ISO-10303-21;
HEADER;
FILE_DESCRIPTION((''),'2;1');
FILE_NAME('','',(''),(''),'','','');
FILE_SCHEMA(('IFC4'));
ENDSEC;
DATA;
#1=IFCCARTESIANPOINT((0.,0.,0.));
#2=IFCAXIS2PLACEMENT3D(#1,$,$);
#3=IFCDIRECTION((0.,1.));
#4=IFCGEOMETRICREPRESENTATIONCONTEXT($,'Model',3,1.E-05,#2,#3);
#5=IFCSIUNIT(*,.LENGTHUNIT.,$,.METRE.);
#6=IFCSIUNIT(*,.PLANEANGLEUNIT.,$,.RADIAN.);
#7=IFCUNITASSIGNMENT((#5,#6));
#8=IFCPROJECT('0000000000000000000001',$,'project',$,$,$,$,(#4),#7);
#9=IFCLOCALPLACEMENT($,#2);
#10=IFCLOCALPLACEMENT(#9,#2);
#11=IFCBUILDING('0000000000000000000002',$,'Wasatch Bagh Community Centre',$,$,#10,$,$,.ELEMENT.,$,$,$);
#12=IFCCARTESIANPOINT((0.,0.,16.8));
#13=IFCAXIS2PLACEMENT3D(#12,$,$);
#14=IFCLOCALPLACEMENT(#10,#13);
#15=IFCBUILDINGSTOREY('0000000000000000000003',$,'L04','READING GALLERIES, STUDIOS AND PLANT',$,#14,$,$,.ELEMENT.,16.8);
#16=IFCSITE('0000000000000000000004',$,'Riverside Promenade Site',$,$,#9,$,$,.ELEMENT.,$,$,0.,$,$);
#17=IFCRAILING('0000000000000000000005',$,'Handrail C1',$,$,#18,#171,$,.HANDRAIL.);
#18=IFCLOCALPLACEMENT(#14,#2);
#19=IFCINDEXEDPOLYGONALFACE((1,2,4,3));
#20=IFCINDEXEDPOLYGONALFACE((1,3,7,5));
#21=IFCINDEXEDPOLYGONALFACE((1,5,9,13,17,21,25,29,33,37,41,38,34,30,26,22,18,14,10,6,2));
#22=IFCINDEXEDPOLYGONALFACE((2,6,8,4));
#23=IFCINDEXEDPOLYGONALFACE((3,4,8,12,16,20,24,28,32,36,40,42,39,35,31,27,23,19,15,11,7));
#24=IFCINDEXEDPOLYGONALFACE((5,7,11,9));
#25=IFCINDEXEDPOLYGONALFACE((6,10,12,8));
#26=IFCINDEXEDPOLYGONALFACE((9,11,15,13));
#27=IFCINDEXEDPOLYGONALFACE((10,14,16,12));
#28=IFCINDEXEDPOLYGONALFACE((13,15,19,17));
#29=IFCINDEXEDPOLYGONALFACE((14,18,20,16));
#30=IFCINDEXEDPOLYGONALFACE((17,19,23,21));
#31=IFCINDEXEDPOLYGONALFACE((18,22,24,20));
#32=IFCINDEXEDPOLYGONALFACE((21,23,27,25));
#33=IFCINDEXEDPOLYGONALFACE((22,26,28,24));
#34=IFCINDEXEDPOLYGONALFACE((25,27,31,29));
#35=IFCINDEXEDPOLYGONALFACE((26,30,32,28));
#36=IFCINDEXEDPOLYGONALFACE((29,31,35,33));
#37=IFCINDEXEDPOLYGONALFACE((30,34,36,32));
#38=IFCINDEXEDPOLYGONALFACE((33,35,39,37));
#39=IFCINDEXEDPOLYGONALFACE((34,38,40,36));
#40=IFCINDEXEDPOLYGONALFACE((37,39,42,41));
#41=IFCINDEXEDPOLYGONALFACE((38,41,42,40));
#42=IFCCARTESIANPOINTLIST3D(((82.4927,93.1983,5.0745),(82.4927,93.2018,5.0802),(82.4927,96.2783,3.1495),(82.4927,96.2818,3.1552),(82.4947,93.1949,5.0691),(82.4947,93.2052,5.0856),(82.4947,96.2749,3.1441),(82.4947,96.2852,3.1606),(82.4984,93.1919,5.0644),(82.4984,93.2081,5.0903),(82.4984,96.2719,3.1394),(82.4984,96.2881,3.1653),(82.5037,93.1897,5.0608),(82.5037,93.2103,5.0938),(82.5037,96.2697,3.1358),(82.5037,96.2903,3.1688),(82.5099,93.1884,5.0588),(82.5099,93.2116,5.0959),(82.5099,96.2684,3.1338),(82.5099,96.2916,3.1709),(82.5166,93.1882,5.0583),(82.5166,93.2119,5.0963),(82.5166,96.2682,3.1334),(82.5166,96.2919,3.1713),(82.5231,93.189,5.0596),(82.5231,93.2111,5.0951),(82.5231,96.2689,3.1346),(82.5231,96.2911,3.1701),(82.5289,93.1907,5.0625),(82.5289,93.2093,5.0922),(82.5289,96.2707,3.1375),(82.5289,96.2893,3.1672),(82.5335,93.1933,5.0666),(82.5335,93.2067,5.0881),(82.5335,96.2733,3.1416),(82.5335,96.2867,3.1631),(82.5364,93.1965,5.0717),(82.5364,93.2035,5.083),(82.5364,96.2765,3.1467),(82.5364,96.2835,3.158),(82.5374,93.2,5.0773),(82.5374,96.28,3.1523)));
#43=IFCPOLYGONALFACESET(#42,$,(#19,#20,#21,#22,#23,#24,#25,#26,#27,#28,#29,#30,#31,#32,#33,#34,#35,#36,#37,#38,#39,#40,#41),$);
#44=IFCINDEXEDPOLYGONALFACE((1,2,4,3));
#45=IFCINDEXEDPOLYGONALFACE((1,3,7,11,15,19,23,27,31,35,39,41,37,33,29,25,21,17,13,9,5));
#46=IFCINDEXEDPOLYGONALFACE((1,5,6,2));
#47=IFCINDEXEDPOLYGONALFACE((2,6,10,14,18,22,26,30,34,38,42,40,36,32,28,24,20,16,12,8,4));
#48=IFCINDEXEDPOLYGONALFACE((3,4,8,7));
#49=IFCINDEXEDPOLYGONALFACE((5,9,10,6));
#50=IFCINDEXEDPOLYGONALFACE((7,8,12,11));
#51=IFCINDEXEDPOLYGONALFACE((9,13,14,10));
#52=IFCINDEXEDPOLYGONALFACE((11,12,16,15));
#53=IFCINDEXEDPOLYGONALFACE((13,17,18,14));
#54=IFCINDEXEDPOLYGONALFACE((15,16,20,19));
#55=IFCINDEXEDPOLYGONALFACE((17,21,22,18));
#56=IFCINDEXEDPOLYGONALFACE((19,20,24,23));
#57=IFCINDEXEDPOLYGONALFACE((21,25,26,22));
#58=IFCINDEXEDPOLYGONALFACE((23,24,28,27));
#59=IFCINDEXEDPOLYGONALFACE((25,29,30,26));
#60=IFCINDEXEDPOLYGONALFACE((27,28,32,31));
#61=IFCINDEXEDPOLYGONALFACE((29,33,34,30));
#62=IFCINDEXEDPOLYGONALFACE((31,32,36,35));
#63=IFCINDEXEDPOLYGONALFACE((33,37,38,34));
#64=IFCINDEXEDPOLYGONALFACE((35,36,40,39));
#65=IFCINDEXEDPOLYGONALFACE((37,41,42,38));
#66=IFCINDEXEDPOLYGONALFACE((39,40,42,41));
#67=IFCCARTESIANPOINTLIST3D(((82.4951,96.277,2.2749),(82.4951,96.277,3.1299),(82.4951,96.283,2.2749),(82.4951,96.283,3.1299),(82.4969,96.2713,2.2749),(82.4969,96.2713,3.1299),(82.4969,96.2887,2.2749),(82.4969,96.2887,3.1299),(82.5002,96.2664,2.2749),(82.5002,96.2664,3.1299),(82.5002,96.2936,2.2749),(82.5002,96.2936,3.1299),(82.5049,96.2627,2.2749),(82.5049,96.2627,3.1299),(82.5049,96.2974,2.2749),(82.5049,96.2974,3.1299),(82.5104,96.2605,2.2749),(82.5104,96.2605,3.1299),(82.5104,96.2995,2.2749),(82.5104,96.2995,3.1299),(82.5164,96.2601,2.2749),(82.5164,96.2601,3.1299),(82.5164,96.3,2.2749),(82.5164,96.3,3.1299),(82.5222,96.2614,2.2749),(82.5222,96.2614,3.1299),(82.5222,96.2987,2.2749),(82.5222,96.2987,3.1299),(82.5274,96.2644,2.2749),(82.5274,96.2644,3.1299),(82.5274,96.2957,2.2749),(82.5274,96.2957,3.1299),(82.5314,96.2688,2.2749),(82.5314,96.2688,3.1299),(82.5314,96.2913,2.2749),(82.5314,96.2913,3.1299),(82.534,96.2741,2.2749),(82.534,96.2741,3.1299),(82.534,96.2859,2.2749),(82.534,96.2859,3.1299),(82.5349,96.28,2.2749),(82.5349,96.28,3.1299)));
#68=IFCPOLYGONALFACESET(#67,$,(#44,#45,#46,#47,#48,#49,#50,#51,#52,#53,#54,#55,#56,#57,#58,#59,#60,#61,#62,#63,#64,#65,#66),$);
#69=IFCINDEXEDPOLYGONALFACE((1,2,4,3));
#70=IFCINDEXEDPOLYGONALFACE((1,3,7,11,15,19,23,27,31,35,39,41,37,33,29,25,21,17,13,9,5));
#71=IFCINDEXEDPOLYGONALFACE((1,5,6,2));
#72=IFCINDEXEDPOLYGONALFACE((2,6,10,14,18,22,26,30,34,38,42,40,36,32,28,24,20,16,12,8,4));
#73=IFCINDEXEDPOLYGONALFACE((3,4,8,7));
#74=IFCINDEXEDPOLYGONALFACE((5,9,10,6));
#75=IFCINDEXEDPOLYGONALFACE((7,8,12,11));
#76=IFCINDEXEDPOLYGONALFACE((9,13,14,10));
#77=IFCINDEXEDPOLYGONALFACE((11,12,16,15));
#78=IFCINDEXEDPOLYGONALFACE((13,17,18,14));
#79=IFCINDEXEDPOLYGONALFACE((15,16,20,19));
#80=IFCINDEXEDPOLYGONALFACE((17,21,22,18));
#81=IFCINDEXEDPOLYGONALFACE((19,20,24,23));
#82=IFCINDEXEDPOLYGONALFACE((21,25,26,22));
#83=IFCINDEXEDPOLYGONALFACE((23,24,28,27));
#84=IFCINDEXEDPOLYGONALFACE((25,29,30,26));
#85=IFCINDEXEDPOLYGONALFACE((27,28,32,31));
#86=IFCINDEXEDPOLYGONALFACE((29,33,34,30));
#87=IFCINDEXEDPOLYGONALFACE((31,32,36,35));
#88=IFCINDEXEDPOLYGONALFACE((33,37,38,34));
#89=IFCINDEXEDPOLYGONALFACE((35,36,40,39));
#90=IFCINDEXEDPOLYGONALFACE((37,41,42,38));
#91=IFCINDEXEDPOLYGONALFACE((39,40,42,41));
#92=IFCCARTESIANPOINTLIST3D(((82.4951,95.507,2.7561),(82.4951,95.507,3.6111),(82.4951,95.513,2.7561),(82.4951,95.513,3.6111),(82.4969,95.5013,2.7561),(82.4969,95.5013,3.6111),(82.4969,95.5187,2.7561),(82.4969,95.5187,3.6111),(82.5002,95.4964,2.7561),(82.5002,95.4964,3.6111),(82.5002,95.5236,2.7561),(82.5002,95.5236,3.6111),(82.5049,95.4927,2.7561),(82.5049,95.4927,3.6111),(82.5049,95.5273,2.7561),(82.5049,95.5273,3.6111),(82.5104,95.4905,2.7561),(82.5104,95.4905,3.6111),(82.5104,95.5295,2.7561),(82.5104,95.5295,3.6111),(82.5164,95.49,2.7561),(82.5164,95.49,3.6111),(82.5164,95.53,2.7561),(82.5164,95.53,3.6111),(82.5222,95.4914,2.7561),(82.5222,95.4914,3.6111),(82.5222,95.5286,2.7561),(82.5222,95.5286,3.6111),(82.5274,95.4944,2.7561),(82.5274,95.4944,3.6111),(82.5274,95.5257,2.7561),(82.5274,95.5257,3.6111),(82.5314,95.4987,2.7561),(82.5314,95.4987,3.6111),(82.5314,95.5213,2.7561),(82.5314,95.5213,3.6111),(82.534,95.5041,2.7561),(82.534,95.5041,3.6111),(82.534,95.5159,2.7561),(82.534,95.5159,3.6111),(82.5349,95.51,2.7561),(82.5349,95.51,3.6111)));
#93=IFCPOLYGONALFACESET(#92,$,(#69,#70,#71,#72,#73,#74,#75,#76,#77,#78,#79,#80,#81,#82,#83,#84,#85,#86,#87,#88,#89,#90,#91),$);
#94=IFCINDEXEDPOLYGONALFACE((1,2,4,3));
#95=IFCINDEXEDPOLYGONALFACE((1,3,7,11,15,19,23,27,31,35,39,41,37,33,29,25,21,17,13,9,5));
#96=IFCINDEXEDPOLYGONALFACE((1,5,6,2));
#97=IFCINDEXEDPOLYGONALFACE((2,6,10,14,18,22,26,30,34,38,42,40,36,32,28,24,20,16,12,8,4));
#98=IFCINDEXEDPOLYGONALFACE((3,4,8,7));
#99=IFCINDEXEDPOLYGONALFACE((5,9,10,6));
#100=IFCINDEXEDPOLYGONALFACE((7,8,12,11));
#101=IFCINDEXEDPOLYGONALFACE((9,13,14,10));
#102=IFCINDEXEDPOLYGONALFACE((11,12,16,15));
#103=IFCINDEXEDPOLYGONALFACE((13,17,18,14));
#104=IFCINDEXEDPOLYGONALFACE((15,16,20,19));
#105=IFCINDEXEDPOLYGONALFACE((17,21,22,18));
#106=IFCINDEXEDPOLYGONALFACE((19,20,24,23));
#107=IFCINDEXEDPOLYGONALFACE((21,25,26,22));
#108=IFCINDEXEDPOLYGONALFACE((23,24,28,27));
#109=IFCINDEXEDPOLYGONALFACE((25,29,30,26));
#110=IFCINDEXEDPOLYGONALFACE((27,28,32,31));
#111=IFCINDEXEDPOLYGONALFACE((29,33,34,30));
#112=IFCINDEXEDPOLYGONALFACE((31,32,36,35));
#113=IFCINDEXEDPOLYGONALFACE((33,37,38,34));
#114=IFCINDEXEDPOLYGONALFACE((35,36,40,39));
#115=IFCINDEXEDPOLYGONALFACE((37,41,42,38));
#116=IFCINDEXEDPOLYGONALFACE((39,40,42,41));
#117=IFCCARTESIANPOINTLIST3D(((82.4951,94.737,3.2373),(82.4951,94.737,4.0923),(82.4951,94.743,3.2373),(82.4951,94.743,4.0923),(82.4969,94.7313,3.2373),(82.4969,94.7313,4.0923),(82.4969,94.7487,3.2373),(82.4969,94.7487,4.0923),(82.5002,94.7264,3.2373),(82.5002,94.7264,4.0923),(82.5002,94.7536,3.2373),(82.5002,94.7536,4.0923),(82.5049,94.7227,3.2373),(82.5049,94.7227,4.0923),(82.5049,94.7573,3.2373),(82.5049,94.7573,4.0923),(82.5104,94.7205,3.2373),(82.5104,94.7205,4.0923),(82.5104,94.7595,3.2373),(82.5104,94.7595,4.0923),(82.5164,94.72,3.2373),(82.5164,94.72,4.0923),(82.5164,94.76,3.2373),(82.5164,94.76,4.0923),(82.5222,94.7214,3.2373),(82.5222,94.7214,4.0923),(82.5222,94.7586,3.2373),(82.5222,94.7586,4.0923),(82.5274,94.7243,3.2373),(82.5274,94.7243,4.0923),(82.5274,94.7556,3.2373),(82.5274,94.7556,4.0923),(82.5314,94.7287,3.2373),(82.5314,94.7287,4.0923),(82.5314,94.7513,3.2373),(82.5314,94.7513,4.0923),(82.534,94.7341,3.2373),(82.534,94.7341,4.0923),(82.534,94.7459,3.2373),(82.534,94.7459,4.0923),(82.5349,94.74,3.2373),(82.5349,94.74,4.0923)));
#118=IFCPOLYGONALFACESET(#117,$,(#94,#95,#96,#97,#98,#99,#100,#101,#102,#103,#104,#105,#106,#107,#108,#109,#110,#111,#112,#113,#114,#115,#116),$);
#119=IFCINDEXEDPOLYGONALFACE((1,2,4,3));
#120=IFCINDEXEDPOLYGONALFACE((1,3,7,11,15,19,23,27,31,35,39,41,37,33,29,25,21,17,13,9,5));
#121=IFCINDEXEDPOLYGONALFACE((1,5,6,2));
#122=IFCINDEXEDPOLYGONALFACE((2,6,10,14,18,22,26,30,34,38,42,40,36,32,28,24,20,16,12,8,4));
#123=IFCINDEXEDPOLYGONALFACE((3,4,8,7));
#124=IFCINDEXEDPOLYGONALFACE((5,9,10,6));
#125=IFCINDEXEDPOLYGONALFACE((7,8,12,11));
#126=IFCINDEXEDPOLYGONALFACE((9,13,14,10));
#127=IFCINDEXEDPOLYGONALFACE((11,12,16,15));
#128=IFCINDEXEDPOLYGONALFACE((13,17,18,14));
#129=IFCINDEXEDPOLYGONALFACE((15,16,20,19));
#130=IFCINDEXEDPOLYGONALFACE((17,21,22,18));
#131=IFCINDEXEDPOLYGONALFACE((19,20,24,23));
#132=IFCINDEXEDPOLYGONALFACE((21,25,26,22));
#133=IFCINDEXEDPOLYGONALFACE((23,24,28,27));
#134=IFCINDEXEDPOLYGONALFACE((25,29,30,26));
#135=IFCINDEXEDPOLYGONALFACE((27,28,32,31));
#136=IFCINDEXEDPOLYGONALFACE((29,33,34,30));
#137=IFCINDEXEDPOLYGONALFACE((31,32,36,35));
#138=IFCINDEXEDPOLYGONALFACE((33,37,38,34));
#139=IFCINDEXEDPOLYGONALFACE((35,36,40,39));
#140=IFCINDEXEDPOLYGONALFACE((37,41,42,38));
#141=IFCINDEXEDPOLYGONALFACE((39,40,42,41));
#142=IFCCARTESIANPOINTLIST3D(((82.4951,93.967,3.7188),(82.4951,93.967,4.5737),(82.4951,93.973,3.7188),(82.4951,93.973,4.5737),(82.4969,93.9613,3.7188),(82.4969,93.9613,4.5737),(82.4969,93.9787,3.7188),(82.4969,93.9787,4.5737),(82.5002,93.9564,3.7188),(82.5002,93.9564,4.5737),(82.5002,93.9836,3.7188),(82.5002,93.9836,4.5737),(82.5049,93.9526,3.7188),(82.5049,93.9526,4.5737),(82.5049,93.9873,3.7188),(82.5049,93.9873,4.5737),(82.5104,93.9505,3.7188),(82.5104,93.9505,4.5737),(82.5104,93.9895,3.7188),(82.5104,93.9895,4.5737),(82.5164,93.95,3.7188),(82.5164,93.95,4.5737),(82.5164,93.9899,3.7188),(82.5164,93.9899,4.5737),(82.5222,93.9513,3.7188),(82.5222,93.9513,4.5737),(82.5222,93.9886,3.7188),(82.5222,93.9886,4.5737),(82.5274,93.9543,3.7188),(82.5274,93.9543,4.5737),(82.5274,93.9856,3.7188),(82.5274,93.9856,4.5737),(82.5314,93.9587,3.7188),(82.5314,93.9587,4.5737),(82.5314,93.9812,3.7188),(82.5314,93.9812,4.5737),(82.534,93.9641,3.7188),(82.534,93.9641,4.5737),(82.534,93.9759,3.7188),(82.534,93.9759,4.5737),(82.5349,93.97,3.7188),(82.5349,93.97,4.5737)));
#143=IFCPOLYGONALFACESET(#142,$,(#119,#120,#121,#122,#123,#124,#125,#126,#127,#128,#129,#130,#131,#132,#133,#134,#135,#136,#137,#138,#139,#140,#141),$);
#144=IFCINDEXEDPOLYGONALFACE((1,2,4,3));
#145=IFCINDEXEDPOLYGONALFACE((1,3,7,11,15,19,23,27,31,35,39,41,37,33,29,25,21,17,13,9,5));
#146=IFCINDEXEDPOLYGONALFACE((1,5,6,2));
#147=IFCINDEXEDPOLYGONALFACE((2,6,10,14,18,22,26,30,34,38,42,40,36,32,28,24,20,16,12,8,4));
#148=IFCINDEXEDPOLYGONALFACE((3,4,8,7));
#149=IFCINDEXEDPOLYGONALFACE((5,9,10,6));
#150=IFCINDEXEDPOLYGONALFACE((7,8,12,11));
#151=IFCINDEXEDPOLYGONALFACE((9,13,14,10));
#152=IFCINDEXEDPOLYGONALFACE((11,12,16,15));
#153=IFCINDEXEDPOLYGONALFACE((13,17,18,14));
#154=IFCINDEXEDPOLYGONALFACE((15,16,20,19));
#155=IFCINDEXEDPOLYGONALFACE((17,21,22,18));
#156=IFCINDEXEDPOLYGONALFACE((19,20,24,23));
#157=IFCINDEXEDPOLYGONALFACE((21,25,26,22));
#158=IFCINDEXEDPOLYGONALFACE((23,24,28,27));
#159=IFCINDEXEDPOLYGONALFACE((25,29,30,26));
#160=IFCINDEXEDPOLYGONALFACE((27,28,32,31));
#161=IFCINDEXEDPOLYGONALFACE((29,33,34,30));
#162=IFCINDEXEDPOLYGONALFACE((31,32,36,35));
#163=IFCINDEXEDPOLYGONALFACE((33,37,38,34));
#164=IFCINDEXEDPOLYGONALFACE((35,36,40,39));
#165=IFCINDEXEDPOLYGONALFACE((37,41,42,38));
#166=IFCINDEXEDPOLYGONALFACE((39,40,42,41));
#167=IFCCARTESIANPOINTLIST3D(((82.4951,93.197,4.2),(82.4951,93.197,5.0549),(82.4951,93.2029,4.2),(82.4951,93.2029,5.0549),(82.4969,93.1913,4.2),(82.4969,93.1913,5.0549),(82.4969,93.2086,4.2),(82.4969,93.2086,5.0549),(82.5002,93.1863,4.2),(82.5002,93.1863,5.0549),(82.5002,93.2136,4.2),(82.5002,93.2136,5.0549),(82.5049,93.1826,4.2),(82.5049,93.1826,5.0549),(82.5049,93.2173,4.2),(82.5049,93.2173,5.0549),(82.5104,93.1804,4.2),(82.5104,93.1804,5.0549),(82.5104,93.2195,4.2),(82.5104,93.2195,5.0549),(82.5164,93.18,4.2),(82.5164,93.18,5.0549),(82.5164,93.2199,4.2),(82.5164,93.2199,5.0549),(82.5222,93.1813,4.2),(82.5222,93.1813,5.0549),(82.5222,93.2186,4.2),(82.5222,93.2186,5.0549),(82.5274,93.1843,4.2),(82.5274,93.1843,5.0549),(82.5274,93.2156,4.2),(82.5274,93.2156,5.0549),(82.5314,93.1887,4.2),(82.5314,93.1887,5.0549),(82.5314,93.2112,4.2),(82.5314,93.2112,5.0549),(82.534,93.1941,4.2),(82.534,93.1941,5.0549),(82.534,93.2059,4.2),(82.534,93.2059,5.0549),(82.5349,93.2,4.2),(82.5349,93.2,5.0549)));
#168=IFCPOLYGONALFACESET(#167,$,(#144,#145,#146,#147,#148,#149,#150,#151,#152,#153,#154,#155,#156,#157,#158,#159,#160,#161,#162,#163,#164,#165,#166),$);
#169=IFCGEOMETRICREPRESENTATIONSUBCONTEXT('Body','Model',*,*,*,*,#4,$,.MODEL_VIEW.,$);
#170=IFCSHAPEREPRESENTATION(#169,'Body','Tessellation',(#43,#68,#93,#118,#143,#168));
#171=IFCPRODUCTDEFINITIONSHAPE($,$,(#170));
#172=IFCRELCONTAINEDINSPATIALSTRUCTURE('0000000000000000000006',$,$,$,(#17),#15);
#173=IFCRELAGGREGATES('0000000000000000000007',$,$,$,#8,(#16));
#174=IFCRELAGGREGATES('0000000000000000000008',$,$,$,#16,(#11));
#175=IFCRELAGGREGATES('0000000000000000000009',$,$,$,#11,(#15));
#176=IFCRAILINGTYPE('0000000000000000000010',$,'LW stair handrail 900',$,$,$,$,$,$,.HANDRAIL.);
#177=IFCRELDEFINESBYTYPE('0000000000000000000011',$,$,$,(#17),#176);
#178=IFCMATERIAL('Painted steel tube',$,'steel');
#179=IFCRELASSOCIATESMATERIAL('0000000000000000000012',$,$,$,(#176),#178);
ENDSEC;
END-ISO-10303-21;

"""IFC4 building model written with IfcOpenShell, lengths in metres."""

from ifc_helpers import new_model, si_unit, direction, frame, origin, origin_2d, place, context, subcontext, project, spatial, circle, extrude, material, type_object, element, save


model = new_model("IFC4")

# Units and contexts
model_context = context("Model", 3, precision=1e-05, world=origin(), true_north=direction((0.0, 1.0)))
body_context = subcontext(model_context, "Body", "Model", "MODEL_VIEW")
ifc_project = project(units=[si_unit("LENGTHUNIT", "METRE"), si_unit("PLANEANGLEUNIT", "RADIAN")], contexts=[model_context])

# Site, building, storey
site_placement = place(None, origin())
site = spatial("IfcSite", under=ifc_project, at=site_placement, Name="Riverside Promenade Site", CompositionType="ELEMENT", RefElevation=0.0)
building_placement = place(site_placement, origin())
building = spatial("IfcBuilding", under=site, at=building_placement, Name="Wasatch Bagh Community Centre", CompositionType="ELEMENT")
storey_placement = place(building_placement, frame((0.0, 0.0, 16.8)))
storey = spatial("IfcBuildingStorey", under=building, at=storey_placement, Name="L04", Description="READING GALLERIES, STUDIOS AND PLANT", CompositionType="ELEMENT", Elevation=16.8)

# Railing
ifc_material_1 = material(Name="Painted steel tube", Category="steel")
railing_type_1 = type_object("IfcRailingType", Name="LW stair handrail 900", PredefinedType="HANDRAIL", material=ifc_material_1)
for number, where, name in (
    (1, (82.5149, 96.28, 2.2749), "Handrail C1"),
):
    element("IfcRailing", number, at=place(storey_placement, frame(where)), inside=storey, type_object=railing_type_1, Name=name, PredefinedType="HANDRAIL", context=body_context, shape_type="SweptSolid", body=[
        extrude(circle(Radius=0.0225, at=origin_2d()), frame((0.0, 0.0, 0.8774), z_axis=(0.0, -0.847998, 0.529999), x_axis=(1.0, 0.0, 0.0)), (0.0, 0.0, 1.0), 3.6321),
        extrude(circle(Radius=0.02, at=origin_2d()), origin(), (0.0, 0.0, 1.0), 0.855),
        extrude(circle(Radius=0.02, at=origin_2d()), frame((0.0, -0.77, 0.4812)), (0.0, 0.0, 1.0), 0.855),
        extrude(circle(Radius=0.02, at=origin_2d()), frame((0.0, -1.54, 0.9624)), (0.0, 0.0, 1.0), 0.855),
        extrude(circle(Radius=0.02, at=origin_2d()), frame((0.0, -2.3101, 1.4438)), (0.0, 0.0, 1.0), 0.855),
        extrude(circle(Radius=0.02, at=origin_2d()), frame((0.0, -3.0801, 1.925)), (0.0, 0.0, 1.0), 0.855),
    ])

save(model, "model.ifc")
